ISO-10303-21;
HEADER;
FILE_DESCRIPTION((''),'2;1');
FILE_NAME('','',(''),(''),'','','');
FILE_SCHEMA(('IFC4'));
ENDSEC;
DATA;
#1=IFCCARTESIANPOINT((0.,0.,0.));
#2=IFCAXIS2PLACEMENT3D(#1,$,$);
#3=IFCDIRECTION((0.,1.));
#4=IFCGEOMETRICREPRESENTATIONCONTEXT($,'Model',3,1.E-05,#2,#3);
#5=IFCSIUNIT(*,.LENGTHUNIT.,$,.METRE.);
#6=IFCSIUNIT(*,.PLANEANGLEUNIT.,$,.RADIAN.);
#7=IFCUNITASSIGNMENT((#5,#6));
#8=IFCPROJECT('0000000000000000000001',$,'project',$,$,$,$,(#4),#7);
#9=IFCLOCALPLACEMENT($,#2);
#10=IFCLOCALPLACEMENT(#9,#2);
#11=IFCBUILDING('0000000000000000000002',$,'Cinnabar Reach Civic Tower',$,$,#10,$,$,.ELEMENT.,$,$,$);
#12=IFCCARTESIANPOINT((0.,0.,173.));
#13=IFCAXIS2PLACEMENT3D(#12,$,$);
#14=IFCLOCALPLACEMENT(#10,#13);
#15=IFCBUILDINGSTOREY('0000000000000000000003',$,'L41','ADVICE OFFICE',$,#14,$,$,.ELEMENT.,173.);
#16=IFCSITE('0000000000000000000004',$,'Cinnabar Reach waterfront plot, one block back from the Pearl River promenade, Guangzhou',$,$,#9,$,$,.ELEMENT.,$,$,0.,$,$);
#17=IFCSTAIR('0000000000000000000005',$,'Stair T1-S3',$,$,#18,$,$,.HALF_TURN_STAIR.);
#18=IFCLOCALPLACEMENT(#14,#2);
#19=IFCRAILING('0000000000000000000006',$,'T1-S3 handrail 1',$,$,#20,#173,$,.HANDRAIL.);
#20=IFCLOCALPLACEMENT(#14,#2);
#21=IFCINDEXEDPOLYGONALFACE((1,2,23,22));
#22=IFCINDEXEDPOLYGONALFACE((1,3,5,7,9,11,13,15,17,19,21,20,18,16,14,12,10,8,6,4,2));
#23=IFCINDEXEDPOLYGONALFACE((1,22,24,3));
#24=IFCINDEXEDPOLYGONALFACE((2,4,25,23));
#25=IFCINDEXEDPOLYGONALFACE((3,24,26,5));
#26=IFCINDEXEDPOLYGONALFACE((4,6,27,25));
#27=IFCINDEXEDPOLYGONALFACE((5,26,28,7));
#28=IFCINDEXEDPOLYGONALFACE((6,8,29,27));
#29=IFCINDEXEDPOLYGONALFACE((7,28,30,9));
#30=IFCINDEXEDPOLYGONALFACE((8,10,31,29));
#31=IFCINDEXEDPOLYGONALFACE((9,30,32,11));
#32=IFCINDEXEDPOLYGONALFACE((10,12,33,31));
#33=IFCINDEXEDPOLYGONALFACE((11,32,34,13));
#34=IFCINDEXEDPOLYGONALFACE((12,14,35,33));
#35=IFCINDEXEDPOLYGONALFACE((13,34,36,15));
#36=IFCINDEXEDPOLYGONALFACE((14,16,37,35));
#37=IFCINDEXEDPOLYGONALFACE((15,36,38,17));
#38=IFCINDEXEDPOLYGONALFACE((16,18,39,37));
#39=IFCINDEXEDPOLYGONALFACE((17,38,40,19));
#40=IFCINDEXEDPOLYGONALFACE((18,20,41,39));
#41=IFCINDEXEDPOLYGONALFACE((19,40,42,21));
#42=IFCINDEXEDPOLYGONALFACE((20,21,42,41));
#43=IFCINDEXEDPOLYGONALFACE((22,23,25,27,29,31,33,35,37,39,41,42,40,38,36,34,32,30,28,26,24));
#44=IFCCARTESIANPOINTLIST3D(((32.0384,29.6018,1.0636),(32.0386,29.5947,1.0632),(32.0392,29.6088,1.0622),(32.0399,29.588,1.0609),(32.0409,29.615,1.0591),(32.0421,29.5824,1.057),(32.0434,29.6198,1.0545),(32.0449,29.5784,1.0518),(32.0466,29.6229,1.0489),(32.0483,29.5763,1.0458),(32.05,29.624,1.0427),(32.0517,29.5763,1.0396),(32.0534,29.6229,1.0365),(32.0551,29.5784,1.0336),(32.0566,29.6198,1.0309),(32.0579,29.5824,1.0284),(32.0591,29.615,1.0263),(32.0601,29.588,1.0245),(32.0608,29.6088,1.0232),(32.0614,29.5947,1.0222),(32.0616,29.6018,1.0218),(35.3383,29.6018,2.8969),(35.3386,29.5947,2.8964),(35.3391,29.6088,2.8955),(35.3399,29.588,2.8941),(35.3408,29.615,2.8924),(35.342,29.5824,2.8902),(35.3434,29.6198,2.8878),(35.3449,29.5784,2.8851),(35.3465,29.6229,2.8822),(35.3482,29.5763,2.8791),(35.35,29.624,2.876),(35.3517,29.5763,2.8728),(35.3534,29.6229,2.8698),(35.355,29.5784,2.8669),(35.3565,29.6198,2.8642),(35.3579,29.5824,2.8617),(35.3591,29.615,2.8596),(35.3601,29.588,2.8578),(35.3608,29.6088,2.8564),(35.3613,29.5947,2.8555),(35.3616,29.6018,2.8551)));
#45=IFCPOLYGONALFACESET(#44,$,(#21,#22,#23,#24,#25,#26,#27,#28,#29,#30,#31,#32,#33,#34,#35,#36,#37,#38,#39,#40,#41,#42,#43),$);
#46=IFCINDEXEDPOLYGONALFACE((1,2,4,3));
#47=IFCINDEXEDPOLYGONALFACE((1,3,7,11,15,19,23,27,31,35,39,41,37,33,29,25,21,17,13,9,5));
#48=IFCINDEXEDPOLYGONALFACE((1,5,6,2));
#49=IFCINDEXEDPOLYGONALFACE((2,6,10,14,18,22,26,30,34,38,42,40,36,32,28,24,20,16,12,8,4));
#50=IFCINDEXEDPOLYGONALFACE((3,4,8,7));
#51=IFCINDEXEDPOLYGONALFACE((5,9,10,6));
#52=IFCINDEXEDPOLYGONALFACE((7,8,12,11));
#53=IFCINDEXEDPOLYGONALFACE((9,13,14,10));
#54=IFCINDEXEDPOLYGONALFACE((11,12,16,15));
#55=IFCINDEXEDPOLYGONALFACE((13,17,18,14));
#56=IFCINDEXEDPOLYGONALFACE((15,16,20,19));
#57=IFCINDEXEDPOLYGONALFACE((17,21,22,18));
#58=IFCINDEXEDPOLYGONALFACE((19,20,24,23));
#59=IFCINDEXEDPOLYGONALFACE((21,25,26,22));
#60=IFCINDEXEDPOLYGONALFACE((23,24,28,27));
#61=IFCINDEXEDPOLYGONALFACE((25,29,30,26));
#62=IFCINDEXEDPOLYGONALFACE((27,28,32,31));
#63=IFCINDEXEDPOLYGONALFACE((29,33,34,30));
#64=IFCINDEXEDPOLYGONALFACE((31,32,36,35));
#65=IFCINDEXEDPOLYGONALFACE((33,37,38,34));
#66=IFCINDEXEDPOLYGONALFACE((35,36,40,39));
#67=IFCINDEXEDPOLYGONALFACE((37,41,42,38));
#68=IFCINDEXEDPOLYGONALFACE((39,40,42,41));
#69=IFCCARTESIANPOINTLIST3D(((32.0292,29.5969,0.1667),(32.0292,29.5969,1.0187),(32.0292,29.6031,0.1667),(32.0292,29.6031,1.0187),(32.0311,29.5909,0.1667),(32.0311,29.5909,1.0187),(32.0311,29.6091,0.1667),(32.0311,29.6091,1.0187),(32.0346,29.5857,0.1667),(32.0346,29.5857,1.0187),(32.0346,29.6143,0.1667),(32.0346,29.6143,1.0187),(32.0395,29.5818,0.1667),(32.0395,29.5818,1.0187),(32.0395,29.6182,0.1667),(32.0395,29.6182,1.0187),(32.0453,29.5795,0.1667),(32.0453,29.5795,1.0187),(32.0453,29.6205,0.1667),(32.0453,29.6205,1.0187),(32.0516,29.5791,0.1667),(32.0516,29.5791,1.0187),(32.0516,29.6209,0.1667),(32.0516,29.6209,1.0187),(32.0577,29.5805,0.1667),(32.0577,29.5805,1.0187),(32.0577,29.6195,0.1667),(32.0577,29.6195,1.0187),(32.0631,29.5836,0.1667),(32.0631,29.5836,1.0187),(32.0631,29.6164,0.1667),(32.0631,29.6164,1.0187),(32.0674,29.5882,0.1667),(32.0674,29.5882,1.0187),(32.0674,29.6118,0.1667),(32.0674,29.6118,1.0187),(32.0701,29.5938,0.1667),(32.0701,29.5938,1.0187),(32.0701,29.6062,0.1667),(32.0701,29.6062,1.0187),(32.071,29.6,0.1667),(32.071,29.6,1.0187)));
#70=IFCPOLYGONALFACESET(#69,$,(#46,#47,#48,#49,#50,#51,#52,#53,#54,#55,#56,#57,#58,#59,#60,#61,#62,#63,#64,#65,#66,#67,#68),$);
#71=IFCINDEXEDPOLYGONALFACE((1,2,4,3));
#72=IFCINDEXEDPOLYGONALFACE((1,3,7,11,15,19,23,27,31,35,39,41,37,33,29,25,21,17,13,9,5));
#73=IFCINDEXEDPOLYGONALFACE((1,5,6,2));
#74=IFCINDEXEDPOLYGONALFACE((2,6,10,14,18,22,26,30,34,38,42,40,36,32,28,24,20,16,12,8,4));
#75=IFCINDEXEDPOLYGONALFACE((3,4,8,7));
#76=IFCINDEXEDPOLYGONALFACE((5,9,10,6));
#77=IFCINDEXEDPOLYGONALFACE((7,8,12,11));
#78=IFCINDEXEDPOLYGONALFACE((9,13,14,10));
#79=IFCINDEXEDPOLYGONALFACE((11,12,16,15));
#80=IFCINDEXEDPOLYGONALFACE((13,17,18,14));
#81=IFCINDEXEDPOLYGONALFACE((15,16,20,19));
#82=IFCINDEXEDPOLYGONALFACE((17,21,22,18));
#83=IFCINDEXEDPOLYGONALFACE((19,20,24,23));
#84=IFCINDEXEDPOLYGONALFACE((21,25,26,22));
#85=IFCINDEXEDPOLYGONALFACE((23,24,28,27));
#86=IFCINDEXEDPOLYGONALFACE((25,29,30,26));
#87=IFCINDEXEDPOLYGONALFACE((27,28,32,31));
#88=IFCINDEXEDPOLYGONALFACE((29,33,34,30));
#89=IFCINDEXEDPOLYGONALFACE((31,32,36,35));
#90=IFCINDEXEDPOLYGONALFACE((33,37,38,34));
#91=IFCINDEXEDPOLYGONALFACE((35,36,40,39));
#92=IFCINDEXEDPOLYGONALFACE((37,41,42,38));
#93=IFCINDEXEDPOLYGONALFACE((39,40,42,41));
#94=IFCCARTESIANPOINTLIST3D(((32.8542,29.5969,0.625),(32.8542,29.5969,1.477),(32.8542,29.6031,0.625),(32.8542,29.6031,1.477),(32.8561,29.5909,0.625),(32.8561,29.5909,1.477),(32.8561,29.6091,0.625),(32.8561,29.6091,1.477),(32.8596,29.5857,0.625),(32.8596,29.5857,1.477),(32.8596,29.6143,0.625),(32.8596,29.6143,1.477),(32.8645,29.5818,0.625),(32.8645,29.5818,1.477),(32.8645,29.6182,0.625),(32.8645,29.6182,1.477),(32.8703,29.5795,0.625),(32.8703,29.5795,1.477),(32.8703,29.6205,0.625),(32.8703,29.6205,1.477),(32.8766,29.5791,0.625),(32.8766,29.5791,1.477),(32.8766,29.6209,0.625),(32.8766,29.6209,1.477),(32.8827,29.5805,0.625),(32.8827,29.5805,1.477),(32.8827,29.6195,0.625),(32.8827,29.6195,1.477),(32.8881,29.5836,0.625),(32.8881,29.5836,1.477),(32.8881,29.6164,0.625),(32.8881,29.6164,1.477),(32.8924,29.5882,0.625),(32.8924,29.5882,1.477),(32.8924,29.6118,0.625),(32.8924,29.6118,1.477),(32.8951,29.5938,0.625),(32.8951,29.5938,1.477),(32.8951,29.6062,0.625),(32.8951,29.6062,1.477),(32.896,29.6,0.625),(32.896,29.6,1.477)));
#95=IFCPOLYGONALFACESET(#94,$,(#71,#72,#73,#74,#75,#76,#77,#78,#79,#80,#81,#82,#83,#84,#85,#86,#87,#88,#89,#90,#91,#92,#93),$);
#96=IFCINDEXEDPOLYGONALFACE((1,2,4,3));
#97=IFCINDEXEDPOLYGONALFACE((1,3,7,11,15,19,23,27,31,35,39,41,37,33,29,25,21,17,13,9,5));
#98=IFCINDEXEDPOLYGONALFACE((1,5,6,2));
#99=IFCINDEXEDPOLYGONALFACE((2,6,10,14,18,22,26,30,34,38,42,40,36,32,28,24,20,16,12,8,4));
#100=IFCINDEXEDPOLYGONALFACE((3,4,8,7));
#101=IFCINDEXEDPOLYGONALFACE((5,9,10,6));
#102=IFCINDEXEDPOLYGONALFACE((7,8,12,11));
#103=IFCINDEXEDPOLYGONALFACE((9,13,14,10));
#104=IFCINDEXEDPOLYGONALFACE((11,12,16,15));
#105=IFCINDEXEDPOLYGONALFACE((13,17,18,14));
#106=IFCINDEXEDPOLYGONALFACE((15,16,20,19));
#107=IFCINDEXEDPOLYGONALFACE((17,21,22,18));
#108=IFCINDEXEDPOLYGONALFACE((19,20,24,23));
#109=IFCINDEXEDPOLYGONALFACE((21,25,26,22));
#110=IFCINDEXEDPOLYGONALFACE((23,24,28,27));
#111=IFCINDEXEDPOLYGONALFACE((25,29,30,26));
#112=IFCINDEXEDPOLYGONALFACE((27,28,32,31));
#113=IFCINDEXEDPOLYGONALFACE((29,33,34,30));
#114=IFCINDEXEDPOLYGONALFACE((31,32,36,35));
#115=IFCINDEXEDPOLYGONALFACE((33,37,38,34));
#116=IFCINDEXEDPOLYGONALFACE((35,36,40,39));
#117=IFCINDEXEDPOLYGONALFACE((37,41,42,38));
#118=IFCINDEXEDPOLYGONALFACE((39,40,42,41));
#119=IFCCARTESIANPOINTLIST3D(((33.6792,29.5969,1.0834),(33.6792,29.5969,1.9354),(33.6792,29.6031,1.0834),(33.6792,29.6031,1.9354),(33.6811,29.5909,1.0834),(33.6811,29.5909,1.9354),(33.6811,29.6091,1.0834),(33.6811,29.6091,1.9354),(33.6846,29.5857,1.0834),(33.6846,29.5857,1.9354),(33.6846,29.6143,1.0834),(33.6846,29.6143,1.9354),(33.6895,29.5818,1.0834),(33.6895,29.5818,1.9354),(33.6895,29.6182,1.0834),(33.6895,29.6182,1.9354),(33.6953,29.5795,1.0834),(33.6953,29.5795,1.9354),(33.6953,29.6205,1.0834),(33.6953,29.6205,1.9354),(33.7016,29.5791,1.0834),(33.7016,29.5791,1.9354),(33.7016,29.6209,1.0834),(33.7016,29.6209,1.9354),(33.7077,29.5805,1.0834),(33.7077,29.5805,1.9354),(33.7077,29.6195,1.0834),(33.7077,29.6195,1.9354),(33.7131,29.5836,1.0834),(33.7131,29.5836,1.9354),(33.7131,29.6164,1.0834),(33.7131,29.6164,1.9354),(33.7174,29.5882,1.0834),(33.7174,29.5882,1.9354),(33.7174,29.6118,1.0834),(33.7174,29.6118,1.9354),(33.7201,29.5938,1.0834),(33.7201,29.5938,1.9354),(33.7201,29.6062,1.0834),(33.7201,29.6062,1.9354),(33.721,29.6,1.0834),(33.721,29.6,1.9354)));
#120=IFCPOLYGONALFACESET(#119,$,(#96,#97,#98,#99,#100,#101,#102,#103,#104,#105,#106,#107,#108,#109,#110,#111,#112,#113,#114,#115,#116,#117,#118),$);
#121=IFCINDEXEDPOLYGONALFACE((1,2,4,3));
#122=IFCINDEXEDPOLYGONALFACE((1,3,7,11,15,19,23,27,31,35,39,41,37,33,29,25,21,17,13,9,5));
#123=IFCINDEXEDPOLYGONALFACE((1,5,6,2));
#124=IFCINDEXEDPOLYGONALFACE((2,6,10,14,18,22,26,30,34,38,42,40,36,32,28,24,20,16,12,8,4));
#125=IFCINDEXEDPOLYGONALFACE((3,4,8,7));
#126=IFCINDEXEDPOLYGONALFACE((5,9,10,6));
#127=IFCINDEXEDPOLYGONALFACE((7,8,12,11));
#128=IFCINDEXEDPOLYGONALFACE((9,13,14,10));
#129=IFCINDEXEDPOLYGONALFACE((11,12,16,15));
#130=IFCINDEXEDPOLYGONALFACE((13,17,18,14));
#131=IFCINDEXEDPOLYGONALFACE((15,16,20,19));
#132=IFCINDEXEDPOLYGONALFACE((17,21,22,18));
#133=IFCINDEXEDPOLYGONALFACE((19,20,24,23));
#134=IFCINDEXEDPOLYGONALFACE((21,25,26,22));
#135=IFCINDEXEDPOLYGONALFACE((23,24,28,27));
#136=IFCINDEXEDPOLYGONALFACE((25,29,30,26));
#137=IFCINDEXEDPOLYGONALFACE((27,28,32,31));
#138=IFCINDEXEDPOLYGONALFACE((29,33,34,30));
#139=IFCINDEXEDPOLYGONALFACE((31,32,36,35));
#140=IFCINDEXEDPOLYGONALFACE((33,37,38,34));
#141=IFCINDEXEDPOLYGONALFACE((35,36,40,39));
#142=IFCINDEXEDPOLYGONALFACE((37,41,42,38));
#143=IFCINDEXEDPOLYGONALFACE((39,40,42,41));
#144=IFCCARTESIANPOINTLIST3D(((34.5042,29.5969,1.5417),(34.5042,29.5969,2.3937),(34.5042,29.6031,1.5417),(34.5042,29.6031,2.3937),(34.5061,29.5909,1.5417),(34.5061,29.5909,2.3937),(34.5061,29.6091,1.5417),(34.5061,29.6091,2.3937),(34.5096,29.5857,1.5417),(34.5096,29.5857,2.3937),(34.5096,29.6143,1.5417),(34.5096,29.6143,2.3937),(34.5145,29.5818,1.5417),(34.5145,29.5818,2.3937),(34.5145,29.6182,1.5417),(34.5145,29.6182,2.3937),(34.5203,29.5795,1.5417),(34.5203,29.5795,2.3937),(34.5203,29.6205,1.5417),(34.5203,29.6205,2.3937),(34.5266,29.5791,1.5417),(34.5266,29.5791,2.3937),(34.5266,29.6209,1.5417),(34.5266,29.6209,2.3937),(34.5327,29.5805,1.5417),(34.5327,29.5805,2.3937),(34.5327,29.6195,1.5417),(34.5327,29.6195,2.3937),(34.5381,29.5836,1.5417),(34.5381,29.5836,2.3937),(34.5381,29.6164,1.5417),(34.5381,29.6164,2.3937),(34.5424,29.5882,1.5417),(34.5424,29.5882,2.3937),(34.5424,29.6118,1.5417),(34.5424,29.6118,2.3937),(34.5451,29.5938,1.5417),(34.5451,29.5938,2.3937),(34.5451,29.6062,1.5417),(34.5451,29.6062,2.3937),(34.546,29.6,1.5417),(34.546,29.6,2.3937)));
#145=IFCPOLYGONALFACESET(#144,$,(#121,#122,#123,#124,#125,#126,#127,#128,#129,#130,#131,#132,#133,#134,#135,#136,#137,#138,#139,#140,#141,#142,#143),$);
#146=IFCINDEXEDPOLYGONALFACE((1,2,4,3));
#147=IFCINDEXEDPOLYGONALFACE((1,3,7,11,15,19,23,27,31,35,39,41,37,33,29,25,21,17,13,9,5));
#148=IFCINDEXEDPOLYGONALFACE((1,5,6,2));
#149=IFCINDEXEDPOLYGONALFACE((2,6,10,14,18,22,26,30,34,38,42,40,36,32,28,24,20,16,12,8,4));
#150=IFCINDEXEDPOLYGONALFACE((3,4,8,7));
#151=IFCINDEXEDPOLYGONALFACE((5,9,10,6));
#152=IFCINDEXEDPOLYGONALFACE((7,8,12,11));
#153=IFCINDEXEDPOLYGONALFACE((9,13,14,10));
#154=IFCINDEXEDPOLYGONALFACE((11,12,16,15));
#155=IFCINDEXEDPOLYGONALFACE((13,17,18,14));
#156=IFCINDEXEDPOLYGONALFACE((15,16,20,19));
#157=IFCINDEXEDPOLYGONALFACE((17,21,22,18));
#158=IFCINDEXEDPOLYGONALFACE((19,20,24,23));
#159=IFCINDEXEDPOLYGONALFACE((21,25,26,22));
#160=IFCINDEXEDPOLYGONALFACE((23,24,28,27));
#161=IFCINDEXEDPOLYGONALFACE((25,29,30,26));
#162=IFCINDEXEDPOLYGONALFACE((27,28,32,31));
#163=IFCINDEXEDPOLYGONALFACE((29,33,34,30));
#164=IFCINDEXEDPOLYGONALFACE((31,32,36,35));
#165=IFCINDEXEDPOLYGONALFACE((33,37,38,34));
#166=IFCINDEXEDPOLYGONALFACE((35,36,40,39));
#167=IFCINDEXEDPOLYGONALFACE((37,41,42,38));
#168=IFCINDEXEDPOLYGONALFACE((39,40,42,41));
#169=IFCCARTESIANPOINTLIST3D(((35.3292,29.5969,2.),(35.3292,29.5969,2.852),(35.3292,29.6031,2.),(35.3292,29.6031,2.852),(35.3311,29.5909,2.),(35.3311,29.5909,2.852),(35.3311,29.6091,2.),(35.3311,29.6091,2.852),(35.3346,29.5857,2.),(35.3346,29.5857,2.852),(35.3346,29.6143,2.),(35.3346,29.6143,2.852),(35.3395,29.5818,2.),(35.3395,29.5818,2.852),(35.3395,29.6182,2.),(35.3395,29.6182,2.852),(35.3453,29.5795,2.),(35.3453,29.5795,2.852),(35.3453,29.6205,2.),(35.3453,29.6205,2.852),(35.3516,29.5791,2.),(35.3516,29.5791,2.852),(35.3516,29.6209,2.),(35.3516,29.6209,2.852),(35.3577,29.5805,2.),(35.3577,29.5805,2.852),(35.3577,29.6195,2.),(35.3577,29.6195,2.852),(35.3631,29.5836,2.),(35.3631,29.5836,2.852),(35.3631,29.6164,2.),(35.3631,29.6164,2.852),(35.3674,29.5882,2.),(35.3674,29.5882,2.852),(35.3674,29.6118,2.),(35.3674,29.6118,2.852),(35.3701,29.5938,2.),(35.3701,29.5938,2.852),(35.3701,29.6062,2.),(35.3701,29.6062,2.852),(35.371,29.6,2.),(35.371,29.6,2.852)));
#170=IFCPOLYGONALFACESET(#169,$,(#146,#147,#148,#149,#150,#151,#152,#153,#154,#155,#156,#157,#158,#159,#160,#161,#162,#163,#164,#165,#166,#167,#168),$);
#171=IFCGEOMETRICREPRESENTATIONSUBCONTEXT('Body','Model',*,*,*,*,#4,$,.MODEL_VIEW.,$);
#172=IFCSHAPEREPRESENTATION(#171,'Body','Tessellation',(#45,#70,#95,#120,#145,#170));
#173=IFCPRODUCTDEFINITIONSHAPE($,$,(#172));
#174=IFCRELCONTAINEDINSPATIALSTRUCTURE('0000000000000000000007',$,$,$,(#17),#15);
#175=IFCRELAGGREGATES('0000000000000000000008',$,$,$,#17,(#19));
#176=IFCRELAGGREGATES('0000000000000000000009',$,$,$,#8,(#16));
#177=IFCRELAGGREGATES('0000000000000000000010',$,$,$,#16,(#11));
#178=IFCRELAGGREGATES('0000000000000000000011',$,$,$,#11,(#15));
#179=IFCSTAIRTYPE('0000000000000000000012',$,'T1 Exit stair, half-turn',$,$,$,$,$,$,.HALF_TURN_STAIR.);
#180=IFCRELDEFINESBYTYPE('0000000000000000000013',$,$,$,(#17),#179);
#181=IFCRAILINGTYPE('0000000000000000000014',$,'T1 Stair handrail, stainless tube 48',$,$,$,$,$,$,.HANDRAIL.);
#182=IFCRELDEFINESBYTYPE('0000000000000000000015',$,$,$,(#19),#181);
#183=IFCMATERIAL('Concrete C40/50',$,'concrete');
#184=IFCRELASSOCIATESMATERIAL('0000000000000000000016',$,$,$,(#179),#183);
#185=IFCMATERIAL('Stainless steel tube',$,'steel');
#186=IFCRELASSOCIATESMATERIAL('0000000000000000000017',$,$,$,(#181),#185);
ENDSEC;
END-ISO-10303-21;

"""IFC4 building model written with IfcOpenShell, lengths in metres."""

from ifc_helpers import new_model, si_unit, direction, frame, origin, origin_2d, place, context, subcontext, project, spatial, circle, extrude, material, type_object, element, aggregate, save


model = new_model("IFC4")

# Units and contexts
model_context = context("Model", 3, precision=1e-05, world=origin(), true_north=direction((0.0, 1.0)))
body_context = subcontext(model_context, "Body", "Model", "MODEL_VIEW")
ifc_project = project(units=[si_unit("LENGTHUNIT", "METRE"), si_unit("PLANEANGLEUNIT", "RADIAN")], contexts=[model_context])

# Site, building, storey
site_placement = place(None, origin())
site = spatial("IfcSite", under=ifc_project, at=site_placement, Name="Cinnabar Reach waterfront plot, one block back from the Pearl River promenade, Guangzhou", CompositionType="ELEMENT", RefElevation=0.0)
building_placement = place(site_placement, origin())
building = spatial("IfcBuilding", under=site, at=building_placement, Name="Cinnabar Reach Civic Tower", CompositionType="ELEMENT")
storey_placement = place(building_placement, frame((0.0, 0.0, 173.0)))
storey = spatial("IfcBuildingStorey", under=building, at=storey_placement, Name="L41", Description="ADVICE OFFICE", CompositionType="ELEMENT", Elevation=173.0)

# Stair, railing
ifc_material_1 = material(Name="Concrete C40/50", Category="concrete")
stair_type = type_object("IfcStairType", Name="T1 Exit stair, half-turn", PredefinedType="HALF_TURN_STAIR", material=ifc_material_1)
stair_placement = place(storey_placement, origin())
stair = element("IfcStair", 1, at=stair_placement, inside=storey, type_object=stair_type, Name="Stair T1-S3", PredefinedType="HALF_TURN_STAIR")
ifc_material_2 = material(Name="Stainless steel tube", Category="steel")
railing_type = type_object("IfcRailingType", Name="T1 Stair handrail, stainless tube 48", PredefinedType="HANDRAIL", material=ifc_material_2)
railing_placement = place(storey_placement, frame((32.05, 29.6, 0.1667)))
railing = element("IfcRailing", 2, at=railing_placement, type_object=railing_type, Name="T1-S3 handrail 1", PredefinedType="HANDRAIL", context=body_context, shape_type="SweptSolid", body=[
    extrude(circle(Radius=0.024, at=origin_2d()), frame((0.0, 0.0, 0.876), z_axis=(0.874161, 0.0, 0.485636), x_axis=(0.0, 1.0, 0.0)), (0.0, 0.0, 1.0), 3.775),
    extrude(circle(Radius=0.021, at=origin_2d()), origin(), (0.0, 0.0, 1.0), 0.852),
    extrude(circle(Radius=0.021, at=origin_2d()), frame((0.825, 0.0, 0.4583)), (0.0, 0.0, 1.0), 0.852),
    extrude(circle(Radius=0.021, at=origin_2d()), frame((1.65, 0.0, 0.9167)), (0.0, 0.0, 1.0), 0.852),
    extrude(circle(Radius=0.021, at=origin_2d()), frame((2.475, 0.0, 1.375)), (0.0, 0.0, 1.0), 0.852),
    extrude(circle(Radius=0.021, at=origin_2d()), frame((3.3, 0.0, 1.8333)), (0.0, 0.0, 1.0), 0.852),
])
aggregate(stair, [railing])

save(model, "model.ifc")
